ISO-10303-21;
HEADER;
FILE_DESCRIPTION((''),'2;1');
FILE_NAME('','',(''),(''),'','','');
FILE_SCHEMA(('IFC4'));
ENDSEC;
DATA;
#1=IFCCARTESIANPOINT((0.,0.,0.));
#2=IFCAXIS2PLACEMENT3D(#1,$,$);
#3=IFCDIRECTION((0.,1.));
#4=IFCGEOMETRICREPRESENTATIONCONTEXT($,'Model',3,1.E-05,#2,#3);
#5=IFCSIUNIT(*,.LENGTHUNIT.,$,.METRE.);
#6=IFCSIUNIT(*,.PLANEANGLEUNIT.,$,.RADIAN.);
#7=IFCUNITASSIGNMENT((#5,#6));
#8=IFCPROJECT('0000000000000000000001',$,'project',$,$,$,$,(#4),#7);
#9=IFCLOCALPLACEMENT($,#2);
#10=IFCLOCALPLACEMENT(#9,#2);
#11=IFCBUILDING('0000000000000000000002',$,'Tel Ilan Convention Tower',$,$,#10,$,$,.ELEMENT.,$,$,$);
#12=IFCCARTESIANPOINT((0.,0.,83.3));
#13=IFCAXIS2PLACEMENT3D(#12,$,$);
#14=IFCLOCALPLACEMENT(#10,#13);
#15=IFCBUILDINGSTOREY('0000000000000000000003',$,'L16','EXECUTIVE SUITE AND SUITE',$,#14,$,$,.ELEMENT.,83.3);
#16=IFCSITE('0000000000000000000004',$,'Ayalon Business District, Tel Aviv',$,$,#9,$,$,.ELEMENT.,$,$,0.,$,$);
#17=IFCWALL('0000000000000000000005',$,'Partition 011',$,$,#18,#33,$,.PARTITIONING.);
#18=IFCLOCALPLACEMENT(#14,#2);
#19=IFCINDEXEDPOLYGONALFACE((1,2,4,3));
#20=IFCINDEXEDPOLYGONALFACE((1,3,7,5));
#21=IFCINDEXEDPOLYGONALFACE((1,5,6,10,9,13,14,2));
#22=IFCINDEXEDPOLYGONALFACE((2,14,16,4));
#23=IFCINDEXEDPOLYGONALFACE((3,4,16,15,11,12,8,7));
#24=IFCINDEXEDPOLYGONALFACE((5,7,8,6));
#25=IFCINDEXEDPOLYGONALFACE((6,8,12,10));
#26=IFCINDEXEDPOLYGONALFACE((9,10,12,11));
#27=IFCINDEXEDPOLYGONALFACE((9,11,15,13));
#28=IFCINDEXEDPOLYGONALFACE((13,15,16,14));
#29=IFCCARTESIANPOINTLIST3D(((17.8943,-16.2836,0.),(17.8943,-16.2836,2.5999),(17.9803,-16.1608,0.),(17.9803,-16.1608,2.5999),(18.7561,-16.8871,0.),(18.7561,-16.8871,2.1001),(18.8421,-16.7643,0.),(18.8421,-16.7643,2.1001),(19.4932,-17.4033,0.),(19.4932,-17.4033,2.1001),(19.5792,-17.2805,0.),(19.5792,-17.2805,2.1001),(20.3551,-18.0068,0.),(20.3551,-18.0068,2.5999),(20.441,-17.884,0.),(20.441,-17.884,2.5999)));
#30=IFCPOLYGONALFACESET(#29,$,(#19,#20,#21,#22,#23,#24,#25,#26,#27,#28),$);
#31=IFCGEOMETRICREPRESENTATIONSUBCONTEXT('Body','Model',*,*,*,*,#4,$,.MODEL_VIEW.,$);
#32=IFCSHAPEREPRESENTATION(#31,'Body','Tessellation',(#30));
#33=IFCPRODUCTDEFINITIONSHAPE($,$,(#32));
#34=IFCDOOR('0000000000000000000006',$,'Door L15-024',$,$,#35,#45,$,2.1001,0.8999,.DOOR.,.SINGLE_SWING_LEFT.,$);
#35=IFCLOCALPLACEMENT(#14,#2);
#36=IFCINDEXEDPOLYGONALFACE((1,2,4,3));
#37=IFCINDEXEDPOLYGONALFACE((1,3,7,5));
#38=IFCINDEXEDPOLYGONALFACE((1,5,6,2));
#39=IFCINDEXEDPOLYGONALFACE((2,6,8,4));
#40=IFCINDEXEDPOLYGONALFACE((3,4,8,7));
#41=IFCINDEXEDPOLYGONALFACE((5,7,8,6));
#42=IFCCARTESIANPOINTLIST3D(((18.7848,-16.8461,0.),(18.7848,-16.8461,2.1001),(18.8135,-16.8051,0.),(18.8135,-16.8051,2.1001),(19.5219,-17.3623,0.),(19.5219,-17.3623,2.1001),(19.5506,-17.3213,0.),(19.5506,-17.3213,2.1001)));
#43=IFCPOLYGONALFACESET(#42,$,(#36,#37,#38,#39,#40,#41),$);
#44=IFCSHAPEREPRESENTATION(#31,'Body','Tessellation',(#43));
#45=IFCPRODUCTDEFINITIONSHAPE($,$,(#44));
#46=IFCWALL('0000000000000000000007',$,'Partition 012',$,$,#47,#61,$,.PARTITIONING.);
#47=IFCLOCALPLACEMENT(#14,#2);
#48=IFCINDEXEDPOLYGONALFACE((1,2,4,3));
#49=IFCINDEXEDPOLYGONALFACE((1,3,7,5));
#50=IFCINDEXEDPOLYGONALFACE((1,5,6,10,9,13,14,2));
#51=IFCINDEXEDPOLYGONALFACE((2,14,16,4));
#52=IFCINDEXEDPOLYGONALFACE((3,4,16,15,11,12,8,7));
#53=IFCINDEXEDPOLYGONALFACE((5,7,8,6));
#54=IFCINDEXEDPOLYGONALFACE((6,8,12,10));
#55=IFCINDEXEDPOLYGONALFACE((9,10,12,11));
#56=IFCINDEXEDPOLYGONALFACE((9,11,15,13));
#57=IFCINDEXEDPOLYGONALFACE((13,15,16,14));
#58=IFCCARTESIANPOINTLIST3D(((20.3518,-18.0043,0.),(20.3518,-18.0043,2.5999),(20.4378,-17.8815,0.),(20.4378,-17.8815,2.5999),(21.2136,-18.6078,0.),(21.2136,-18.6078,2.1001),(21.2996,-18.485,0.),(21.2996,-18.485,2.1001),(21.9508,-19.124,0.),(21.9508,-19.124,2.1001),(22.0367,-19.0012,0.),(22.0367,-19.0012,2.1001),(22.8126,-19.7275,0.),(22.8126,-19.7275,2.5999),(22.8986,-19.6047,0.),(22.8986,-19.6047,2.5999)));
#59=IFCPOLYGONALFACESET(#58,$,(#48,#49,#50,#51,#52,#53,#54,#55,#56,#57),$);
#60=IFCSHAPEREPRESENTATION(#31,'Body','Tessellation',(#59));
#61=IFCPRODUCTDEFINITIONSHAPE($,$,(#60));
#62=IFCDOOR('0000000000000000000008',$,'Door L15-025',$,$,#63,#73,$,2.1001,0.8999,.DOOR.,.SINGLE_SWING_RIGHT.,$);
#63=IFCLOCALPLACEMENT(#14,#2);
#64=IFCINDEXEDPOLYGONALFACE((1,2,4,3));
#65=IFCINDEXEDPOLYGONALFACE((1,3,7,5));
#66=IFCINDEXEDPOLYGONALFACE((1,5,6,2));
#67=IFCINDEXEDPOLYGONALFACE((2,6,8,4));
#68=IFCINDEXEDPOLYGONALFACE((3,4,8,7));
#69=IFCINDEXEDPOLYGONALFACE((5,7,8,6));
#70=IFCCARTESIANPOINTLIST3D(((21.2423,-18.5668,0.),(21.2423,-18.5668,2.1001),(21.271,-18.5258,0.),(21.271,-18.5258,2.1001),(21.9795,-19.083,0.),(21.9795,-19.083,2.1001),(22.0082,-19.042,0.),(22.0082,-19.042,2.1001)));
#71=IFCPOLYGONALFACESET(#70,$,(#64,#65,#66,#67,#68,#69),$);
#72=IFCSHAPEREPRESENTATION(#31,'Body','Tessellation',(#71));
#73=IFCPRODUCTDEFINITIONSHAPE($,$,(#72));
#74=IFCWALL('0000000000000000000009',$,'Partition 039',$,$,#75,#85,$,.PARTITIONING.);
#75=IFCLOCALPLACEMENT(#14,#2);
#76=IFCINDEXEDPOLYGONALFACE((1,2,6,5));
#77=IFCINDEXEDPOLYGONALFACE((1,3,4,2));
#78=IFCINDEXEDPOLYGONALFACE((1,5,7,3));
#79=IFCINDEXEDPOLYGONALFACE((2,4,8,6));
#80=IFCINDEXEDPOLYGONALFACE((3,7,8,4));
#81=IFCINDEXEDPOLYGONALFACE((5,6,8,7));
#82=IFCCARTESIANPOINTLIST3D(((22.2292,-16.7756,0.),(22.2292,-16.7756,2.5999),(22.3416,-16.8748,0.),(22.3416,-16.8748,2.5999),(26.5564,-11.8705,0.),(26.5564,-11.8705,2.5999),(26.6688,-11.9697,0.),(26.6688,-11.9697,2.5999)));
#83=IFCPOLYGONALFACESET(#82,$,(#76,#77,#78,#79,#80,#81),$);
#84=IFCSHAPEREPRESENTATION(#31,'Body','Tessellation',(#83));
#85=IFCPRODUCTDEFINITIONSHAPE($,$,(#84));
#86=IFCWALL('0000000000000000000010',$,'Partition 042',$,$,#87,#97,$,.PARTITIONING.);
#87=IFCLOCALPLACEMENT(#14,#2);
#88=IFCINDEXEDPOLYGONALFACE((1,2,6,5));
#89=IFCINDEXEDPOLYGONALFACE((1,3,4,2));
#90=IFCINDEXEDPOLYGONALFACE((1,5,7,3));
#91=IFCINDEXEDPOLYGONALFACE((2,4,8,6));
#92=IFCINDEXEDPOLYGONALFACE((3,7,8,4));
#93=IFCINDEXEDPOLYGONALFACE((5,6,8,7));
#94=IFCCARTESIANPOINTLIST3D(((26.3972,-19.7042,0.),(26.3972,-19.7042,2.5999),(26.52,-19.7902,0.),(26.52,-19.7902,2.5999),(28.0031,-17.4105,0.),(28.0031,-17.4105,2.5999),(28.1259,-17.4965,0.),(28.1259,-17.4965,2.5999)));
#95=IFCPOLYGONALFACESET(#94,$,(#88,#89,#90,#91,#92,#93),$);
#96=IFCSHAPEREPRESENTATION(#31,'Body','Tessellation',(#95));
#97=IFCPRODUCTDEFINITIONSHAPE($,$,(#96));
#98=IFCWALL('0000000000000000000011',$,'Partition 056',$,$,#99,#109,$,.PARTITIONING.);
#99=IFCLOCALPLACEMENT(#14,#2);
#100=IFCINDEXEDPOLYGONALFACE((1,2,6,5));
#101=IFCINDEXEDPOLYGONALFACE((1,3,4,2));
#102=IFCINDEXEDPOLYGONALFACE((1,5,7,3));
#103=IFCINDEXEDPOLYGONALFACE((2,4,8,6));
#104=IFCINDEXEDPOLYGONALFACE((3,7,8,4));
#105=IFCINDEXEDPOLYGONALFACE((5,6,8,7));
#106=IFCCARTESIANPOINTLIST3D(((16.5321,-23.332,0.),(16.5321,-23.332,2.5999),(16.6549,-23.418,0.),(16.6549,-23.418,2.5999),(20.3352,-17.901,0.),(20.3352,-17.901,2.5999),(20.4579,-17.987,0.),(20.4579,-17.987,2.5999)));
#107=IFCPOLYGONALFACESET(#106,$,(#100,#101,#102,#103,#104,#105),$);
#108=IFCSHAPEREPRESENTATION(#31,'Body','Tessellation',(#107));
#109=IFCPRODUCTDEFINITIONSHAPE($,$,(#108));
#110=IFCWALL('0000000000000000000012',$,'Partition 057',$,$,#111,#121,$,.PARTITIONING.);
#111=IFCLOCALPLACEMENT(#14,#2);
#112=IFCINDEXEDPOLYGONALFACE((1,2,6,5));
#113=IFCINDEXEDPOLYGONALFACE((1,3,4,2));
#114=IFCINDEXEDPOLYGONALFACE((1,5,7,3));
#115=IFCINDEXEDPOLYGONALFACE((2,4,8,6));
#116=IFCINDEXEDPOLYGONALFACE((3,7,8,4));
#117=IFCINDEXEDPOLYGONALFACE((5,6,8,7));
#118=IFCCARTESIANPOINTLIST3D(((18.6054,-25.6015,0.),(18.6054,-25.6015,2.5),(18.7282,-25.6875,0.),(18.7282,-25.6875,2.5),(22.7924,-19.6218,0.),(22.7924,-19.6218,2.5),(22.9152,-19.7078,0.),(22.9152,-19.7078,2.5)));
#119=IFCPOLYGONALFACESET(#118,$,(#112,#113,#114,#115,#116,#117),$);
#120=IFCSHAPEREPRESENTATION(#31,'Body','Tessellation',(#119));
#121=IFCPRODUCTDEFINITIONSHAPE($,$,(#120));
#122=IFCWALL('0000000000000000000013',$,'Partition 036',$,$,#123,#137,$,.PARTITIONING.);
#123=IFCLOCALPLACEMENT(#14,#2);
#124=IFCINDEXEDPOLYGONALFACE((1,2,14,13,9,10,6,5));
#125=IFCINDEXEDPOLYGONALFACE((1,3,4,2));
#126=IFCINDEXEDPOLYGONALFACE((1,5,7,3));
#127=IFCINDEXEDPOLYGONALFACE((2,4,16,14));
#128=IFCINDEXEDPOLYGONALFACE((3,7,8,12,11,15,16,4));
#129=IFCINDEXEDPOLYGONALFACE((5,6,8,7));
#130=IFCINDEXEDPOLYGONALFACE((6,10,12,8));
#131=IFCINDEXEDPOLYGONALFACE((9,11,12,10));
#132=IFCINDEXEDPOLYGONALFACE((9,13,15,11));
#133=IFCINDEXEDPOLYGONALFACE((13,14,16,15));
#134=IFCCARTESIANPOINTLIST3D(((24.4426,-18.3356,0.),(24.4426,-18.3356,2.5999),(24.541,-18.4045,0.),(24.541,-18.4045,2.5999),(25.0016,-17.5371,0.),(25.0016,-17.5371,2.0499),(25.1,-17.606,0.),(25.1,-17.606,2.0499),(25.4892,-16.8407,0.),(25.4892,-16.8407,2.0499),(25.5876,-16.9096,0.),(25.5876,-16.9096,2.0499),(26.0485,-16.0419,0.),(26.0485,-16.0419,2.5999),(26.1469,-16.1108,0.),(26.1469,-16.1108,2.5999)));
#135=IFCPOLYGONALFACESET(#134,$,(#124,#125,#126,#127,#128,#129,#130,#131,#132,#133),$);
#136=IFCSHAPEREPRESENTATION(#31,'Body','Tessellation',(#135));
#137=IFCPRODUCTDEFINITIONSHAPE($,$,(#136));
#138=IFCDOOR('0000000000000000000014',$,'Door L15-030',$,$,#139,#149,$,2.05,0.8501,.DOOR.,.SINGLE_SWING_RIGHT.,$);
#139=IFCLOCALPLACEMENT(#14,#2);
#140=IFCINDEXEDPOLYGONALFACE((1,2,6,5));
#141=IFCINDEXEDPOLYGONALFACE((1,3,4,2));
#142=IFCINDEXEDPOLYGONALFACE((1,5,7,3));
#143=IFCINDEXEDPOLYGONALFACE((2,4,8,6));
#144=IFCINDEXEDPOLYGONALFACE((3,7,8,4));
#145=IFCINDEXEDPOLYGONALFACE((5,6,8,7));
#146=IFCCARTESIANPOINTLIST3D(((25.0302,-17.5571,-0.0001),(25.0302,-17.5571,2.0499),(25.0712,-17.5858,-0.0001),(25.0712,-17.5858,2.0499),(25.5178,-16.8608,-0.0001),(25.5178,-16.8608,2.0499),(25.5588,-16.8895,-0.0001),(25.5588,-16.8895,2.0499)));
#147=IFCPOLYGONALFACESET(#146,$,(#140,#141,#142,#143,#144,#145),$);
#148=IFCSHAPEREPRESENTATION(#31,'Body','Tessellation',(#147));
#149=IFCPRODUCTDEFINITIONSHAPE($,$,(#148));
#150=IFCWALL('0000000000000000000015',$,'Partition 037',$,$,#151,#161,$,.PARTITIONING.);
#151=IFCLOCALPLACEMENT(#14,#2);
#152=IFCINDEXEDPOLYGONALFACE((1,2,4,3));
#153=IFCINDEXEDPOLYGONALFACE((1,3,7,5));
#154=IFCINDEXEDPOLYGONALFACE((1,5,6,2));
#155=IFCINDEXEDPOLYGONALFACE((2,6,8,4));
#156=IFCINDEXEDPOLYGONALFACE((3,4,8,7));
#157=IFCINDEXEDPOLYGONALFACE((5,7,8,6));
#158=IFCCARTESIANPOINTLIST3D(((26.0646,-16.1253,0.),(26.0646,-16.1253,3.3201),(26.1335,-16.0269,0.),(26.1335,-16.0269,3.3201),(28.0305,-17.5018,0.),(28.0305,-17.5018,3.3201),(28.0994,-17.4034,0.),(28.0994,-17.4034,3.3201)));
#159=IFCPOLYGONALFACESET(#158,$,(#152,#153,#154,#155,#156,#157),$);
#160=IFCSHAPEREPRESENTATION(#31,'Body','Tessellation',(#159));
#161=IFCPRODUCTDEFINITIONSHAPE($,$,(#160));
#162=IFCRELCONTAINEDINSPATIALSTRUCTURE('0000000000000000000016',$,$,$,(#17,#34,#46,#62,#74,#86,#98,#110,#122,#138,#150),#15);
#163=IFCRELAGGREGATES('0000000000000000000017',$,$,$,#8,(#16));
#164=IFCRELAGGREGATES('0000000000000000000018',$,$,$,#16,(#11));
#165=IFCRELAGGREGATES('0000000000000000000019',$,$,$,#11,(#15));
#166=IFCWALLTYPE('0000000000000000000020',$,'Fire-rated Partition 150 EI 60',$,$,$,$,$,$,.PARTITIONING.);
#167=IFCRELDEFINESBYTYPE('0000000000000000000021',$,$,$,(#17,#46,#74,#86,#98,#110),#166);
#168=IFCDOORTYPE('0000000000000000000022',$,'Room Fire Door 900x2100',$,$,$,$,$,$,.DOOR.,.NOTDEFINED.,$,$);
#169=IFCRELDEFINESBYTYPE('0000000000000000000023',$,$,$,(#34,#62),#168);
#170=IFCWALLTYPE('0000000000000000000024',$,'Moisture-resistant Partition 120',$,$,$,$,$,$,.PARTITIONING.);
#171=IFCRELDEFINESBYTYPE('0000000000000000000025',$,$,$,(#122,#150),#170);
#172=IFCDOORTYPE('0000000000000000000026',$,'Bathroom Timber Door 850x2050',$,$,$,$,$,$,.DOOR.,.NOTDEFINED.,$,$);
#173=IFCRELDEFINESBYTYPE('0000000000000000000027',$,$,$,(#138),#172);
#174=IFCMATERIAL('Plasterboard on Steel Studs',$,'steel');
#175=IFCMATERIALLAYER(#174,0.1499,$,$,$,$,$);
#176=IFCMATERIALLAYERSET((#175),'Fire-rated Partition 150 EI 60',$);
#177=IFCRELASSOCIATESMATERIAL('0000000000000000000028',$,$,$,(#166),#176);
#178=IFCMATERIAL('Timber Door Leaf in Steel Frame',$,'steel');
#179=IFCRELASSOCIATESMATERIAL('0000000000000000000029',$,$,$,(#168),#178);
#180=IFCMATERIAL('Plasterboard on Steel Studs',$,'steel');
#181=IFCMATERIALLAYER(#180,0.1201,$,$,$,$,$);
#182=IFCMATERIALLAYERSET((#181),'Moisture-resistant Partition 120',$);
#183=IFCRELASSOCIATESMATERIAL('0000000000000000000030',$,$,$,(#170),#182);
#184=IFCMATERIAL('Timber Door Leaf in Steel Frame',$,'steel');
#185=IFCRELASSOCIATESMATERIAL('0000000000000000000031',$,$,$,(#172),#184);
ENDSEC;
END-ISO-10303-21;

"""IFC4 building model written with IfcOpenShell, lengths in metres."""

from ifc_helpers import new_model, si_unit, direction, frame, frame_2d, origin, place, context, subcontext, project, spatial, rectangle, extrude, material, layer, layer_set, type_object, element, fill, save


model = new_model("IFC4")

# Units and contexts
model_context = context("Model", 3, precision=1e-05, world=origin(), true_north=direction((0.0, 1.0)))
body_context = subcontext(model_context, "Body", "Model", "MODEL_VIEW")
ifc_project = project(units=[si_unit("LENGTHUNIT", "METRE"), si_unit("PLANEANGLEUNIT", "RADIAN")], contexts=[model_context])

# Site, building, storey
site_placement = place(None, origin())
site = spatial("IfcSite", under=ifc_project, at=site_placement, Name="Ayalon Business District, Tel Aviv", CompositionType="ELEMENT", RefElevation=0.0)
building_placement = place(site_placement, origin())
building = spatial("IfcBuilding", under=site, at=building_placement, Name="Tel Ilan Convention Tower", CompositionType="ELEMENT")
storey_placement = place(building_placement, frame((0.0, 0.0, 83.3)))
storey = spatial("IfcBuildingStorey", under=building, at=storey_placement, Name="L16", Description="EXECUTIVE SUITE AND SUITE", CompositionType="ELEMENT", Elevation=83.3)

# Shared definitions
ifc_material_1 = material(Name="Plasterboard on Steel Studs", Category="steel")
ifc_layer_1 = layer(ifc_material_1, 0.1499)
ifc_layer_set_1 = layer_set([ifc_layer_1], Name="Fire-rated Partition 150 EI 60")
wall_type_1 = type_object("IfcWallType", Name="Fire-rated Partition 150 EI 60", PredefinedType="PARTITIONING", material=ifc_layer_set_1)

# Walls, openings, doors
ifc_material_2 = material(Name="Timber Door Leaf in Steel Frame", Category="steel")
door_type_1 = type_object("IfcDoorType", Name="Room Fire Door 900x2100", OperationType="NOTDEFINED", PredefinedType="DOOR", material=ifc_material_2)
wall_1_placement = place(storey_placement, frame((20.3979, -17.9453, 0.0), z_axis=(0.0, 0.0, 1.0), x_axis=(-0.819129, 0.57361, 0.0)))
wall_1 = element("IfcWall", 1, at=wall_1_placement, inside=storey, type_object=wall_type_1, Name="Partition 011", PredefinedType="PARTITIONING", context=body_context, shape_type="SweptSolid", body=[
    extrude(rectangle(XDim=3.0042, YDim=0.1499, at=frame_2d((1.502, 0.0))), origin(), (0.0, 0.0, 1.0), 2.5999),
])
opening_1_placement = place(wall_1_placement, frame((1.052, 0.0, 0.0)))
opening_1 = element("IfcOpeningElement", 2, at=opening_1_placement, cuts=wall_1, PredefinedType="OPENING", context=body_context, shape_type="SweptSolid", body=[
    extrude(rectangle(XDim=0.8999, YDim=2.1001, at=frame_2d((0.45, 1.05))), frame((0.0, 0.085, 0.0), z_axis=(0.0, -1.0, 0.0), x_axis=(1.0, 0.0, 0.0)), (0.0, 0.0, 1.0), 0.1699),
])
door_1_placement = place(opening_1_placement, origin())
door_1 = element("IfcDoor", 3, at=door_1_placement, inside=storey, type_object=door_type_1, Name="Door L15-024", OperationType="SINGLE_SWING_LEFT", OverallHeight=2.1001, OverallWidth=0.8999, PredefinedType="DOOR", context=body_context, shape_type="SweptSolid", body=[
    extrude(rectangle(XDim=0.8999, YDim=2.1001, at=frame_2d((0.45, 1.05))), frame((0.0, 0.0249, 0.0), z_axis=(0.0, -1.0, 0.0), x_axis=(1.0, 0.0, 0.0)), (0.0, 0.0, 1.0), 0.05),
])
fill(opening_1, door_1)
wall_2_placement = place(storey_placement, frame((22.8555, -19.666, 0.0), z_axis=(0.0, 0.0, 1.0), x_axis=(-0.819129, 0.57361, 0.0)))
wall_2 = element("IfcWall", 4, at=wall_2_placement, inside=storey, type_object=wall_type_1, Name="Partition 012", PredefinedType="PARTITIONING", context=body_context, shape_type="SweptSolid", body=[
    extrude(rectangle(XDim=3.0042, YDim=0.1499, at=frame_2d((1.502, 0.0))), origin(), (0.0, 0.0, 1.0), 2.5999),
])
opening_2_placement = place(wall_2_placement, frame((1.052, 0.0, 0.0)))
opening_2 = element("IfcOpeningElement", 5, at=opening_2_placement, cuts=wall_2, PredefinedType="OPENING", context=body_context, shape_type="SweptSolid", body=[
    extrude(rectangle(XDim=0.8999, YDim=2.1001, at=frame_2d((0.45, 1.05))), frame((0.0, 0.085, 0.0), z_axis=(0.0, -1.0, 0.0), x_axis=(1.0, 0.0, 0.0)), (0.0, 0.0, 1.0), 0.1699),
])
door_2_placement = place(opening_2_placement, origin())
door_2 = element("IfcDoor", 6, at=door_2_placement, inside=storey, type_object=door_type_1, Name="Door L15-025", OperationType="SINGLE_SWING_RIGHT", OverallHeight=2.1001, OverallWidth=0.8999, PredefinedType="DOOR", context=body_context, shape_type="SweptSolid", body=[
    extrude(rectangle(XDim=0.8999, YDim=2.1001, at=frame_2d((0.45, 1.05))), frame((0.0, 0.0249, 0.0), z_axis=(0.0, -1.0, 0.0), x_axis=(1.0, 0.0, 0.0)), (0.0, 0.0, 1.0), 0.05),
])
fill(opening_2, door_2)

# Walls
wall_3_placement = place(storey_placement, frame((22.2854, -16.8252, 0.0), z_axis=(0.0, 0.0, 1.0), x_axis=(0.661551, 0.7499, 0.0)))
element("IfcWall", 7, at=wall_3_placement, inside=storey, type_object=wall_type_1, Name="Partition 039", PredefinedType="PARTITIONING", context=body_context, shape_type="SweptSolid", body=[
    extrude(rectangle(XDim=6.541, YDim=0.1499, at=frame_2d((3.2705, 0.0))), origin(), (0.0, 0.0, 1.0), 2.5999),
])
wall_4_placement = place(storey_placement, frame((28.0645, -17.4536, 0.0), z_axis=(0.0, 0.0, 1.0), x_axis=(-0.57355, -0.81917, 0.0)))
element("IfcWall", 8, at=wall_4_placement, inside=storey, type_object=wall_type_1, Name="Partition 042", PredefinedType="PARTITIONING", context=body_context, shape_type="SweptSolid", body=[
    extrude(rectangle(XDim=2.8, YDim=0.1499, at=frame_2d((1.3999, 0.0))), origin(), (0.0, 0.0, 1.0), 2.5999),
])
wall_5_placement = place(storey_placement, frame((20.3965, -17.9441, 0.0), z_axis=(0.0, 0.0, 1.0), x_axis=(-0.573598, -0.819137, 0.0)))
element("IfcWall", 9, at=wall_5_placement, inside=storey, type_object=wall_type_1, Name="Partition 056", PredefinedType="PARTITIONING", context=body_context, shape_type="SweptSolid", body=[
    extrude(rectangle(XDim=6.6301, YDim=0.1499, at=frame_2d((3.3149, 0.0))), origin(), (0.0, 0.0, 1.0), 2.5999),
])
wall_6_placement = place(storey_placement, frame((22.8538, -19.6648, 0.0), z_axis=(0.0, 0.0, 1.0), x_axis=(-0.573572, -0.819155, 0.0)))
element("IfcWall", 10, at=wall_6_placement, inside=storey, type_object=wall_type_1, Name="Partition 057", PredefinedType="PARTITIONING", context=body_context, shape_type="SweptSolid", body=[
    extrude(rectangle(XDim=7.2998, YDim=0.1499, at=frame_2d((3.6499, 0.0))), origin(), (0.0, 0.0, 1.0), 2.5),
])

# Wall, opening, door
ifc_material_3 = material(Name="Plasterboard on Steel Studs", Category="steel")
ifc_layer_2 = layer(ifc_material_3, 0.1201)
ifc_layer_set_2 = layer_set([ifc_layer_2], Name="Moisture-resistant Partition 120")
wall_type_2 = type_object("IfcWallType", Name="Moisture-resistant Partition 120", PredefinedType="PARTITIONING", material=ifc_layer_set_2)
wall_7_placement = place(storey_placement, frame((26.0977, -16.0764, 0.0), z_axis=(0.0, 0.0, 1.0), x_axis=(-0.57355, -0.81917, 0.0)))
wall_7 = element("IfcWall", 11, at=wall_7_placement, inside=storey, type_object=wall_type_2, Name="Partition 036", PredefinedType="PARTITIONING", context=body_context, shape_type="SweptSolid", body=[
    extrude(rectangle(XDim=2.8, YDim=0.1201, at=frame_2d((1.3999, 0.0))), origin(), (0.0, 0.0, 1.0), 2.5999),
])
opening_3_placement = place(wall_7_placement, frame((0.9751, 0.0, 0.0)))
opening_3 = element("IfcOpeningElement", 12, at=opening_3_placement, cuts=wall_7, PredefinedType="OPENING", context=body_context, shape_type="SweptSolid", body=[
    extrude(rectangle(XDim=0.8501, YDim=2.05, at=frame_2d((0.425, 1.0249))), frame((0.0, 0.0701, 0.0), z_axis=(0.0, -1.0, 0.0), x_axis=(1.0, 0.0, 0.0)), (0.0, 0.0, 1.0), 0.1401),
])
ifc_material_4 = material(Name="Timber Door Leaf in Steel Frame", Category="steel")
door_type_2 = type_object("IfcDoorType", Name="Bathroom Timber Door 850x2050", OperationType="NOTDEFINED", PredefinedType="DOOR", material=ifc_material_4)
door_3_placement = place(opening_3_placement, origin())
door_3 = element("IfcDoor", 13, at=door_3_placement, inside=storey, type_object=door_type_2, Name="Door L15-030", OperationType="SINGLE_SWING_RIGHT", OverallHeight=2.05, OverallWidth=0.8501, PredefinedType="DOOR", context=body_context, shape_type="SweptSolid", body=[
    extrude(rectangle(XDim=0.8501, YDim=2.05, at=frame_2d((0.425, 1.0249))), frame((0.0, 0.0249, 0.0), z_axis=(0.0, -1.0, 0.0), x_axis=(1.0, 0.0, 0.0)), (0.0, 0.0, 1.0), 0.05),
])
fill(opening_3, door_3)

# Wall
wall_8_placement = place(storey_placement, frame((28.0649, -17.4526, 0.0), z_axis=(0.0, 0.0, 1.0), x_axis=(-0.819155, 0.573572, 0.0)))
element("IfcWall", 14, at=wall_8_placement, inside=storey, type_object=wall_type_2, Name="Partition 037", PredefinedType="PARTITIONING", context=body_context, shape_type="SweptSolid", body=[
    extrude(rectangle(XDim=2.3999, YDim=0.1201, at=frame_2d((1.2, 0.0))), origin(), (0.0, 0.0, 1.0), 3.3201),
])

save(model, "model.ifc")
